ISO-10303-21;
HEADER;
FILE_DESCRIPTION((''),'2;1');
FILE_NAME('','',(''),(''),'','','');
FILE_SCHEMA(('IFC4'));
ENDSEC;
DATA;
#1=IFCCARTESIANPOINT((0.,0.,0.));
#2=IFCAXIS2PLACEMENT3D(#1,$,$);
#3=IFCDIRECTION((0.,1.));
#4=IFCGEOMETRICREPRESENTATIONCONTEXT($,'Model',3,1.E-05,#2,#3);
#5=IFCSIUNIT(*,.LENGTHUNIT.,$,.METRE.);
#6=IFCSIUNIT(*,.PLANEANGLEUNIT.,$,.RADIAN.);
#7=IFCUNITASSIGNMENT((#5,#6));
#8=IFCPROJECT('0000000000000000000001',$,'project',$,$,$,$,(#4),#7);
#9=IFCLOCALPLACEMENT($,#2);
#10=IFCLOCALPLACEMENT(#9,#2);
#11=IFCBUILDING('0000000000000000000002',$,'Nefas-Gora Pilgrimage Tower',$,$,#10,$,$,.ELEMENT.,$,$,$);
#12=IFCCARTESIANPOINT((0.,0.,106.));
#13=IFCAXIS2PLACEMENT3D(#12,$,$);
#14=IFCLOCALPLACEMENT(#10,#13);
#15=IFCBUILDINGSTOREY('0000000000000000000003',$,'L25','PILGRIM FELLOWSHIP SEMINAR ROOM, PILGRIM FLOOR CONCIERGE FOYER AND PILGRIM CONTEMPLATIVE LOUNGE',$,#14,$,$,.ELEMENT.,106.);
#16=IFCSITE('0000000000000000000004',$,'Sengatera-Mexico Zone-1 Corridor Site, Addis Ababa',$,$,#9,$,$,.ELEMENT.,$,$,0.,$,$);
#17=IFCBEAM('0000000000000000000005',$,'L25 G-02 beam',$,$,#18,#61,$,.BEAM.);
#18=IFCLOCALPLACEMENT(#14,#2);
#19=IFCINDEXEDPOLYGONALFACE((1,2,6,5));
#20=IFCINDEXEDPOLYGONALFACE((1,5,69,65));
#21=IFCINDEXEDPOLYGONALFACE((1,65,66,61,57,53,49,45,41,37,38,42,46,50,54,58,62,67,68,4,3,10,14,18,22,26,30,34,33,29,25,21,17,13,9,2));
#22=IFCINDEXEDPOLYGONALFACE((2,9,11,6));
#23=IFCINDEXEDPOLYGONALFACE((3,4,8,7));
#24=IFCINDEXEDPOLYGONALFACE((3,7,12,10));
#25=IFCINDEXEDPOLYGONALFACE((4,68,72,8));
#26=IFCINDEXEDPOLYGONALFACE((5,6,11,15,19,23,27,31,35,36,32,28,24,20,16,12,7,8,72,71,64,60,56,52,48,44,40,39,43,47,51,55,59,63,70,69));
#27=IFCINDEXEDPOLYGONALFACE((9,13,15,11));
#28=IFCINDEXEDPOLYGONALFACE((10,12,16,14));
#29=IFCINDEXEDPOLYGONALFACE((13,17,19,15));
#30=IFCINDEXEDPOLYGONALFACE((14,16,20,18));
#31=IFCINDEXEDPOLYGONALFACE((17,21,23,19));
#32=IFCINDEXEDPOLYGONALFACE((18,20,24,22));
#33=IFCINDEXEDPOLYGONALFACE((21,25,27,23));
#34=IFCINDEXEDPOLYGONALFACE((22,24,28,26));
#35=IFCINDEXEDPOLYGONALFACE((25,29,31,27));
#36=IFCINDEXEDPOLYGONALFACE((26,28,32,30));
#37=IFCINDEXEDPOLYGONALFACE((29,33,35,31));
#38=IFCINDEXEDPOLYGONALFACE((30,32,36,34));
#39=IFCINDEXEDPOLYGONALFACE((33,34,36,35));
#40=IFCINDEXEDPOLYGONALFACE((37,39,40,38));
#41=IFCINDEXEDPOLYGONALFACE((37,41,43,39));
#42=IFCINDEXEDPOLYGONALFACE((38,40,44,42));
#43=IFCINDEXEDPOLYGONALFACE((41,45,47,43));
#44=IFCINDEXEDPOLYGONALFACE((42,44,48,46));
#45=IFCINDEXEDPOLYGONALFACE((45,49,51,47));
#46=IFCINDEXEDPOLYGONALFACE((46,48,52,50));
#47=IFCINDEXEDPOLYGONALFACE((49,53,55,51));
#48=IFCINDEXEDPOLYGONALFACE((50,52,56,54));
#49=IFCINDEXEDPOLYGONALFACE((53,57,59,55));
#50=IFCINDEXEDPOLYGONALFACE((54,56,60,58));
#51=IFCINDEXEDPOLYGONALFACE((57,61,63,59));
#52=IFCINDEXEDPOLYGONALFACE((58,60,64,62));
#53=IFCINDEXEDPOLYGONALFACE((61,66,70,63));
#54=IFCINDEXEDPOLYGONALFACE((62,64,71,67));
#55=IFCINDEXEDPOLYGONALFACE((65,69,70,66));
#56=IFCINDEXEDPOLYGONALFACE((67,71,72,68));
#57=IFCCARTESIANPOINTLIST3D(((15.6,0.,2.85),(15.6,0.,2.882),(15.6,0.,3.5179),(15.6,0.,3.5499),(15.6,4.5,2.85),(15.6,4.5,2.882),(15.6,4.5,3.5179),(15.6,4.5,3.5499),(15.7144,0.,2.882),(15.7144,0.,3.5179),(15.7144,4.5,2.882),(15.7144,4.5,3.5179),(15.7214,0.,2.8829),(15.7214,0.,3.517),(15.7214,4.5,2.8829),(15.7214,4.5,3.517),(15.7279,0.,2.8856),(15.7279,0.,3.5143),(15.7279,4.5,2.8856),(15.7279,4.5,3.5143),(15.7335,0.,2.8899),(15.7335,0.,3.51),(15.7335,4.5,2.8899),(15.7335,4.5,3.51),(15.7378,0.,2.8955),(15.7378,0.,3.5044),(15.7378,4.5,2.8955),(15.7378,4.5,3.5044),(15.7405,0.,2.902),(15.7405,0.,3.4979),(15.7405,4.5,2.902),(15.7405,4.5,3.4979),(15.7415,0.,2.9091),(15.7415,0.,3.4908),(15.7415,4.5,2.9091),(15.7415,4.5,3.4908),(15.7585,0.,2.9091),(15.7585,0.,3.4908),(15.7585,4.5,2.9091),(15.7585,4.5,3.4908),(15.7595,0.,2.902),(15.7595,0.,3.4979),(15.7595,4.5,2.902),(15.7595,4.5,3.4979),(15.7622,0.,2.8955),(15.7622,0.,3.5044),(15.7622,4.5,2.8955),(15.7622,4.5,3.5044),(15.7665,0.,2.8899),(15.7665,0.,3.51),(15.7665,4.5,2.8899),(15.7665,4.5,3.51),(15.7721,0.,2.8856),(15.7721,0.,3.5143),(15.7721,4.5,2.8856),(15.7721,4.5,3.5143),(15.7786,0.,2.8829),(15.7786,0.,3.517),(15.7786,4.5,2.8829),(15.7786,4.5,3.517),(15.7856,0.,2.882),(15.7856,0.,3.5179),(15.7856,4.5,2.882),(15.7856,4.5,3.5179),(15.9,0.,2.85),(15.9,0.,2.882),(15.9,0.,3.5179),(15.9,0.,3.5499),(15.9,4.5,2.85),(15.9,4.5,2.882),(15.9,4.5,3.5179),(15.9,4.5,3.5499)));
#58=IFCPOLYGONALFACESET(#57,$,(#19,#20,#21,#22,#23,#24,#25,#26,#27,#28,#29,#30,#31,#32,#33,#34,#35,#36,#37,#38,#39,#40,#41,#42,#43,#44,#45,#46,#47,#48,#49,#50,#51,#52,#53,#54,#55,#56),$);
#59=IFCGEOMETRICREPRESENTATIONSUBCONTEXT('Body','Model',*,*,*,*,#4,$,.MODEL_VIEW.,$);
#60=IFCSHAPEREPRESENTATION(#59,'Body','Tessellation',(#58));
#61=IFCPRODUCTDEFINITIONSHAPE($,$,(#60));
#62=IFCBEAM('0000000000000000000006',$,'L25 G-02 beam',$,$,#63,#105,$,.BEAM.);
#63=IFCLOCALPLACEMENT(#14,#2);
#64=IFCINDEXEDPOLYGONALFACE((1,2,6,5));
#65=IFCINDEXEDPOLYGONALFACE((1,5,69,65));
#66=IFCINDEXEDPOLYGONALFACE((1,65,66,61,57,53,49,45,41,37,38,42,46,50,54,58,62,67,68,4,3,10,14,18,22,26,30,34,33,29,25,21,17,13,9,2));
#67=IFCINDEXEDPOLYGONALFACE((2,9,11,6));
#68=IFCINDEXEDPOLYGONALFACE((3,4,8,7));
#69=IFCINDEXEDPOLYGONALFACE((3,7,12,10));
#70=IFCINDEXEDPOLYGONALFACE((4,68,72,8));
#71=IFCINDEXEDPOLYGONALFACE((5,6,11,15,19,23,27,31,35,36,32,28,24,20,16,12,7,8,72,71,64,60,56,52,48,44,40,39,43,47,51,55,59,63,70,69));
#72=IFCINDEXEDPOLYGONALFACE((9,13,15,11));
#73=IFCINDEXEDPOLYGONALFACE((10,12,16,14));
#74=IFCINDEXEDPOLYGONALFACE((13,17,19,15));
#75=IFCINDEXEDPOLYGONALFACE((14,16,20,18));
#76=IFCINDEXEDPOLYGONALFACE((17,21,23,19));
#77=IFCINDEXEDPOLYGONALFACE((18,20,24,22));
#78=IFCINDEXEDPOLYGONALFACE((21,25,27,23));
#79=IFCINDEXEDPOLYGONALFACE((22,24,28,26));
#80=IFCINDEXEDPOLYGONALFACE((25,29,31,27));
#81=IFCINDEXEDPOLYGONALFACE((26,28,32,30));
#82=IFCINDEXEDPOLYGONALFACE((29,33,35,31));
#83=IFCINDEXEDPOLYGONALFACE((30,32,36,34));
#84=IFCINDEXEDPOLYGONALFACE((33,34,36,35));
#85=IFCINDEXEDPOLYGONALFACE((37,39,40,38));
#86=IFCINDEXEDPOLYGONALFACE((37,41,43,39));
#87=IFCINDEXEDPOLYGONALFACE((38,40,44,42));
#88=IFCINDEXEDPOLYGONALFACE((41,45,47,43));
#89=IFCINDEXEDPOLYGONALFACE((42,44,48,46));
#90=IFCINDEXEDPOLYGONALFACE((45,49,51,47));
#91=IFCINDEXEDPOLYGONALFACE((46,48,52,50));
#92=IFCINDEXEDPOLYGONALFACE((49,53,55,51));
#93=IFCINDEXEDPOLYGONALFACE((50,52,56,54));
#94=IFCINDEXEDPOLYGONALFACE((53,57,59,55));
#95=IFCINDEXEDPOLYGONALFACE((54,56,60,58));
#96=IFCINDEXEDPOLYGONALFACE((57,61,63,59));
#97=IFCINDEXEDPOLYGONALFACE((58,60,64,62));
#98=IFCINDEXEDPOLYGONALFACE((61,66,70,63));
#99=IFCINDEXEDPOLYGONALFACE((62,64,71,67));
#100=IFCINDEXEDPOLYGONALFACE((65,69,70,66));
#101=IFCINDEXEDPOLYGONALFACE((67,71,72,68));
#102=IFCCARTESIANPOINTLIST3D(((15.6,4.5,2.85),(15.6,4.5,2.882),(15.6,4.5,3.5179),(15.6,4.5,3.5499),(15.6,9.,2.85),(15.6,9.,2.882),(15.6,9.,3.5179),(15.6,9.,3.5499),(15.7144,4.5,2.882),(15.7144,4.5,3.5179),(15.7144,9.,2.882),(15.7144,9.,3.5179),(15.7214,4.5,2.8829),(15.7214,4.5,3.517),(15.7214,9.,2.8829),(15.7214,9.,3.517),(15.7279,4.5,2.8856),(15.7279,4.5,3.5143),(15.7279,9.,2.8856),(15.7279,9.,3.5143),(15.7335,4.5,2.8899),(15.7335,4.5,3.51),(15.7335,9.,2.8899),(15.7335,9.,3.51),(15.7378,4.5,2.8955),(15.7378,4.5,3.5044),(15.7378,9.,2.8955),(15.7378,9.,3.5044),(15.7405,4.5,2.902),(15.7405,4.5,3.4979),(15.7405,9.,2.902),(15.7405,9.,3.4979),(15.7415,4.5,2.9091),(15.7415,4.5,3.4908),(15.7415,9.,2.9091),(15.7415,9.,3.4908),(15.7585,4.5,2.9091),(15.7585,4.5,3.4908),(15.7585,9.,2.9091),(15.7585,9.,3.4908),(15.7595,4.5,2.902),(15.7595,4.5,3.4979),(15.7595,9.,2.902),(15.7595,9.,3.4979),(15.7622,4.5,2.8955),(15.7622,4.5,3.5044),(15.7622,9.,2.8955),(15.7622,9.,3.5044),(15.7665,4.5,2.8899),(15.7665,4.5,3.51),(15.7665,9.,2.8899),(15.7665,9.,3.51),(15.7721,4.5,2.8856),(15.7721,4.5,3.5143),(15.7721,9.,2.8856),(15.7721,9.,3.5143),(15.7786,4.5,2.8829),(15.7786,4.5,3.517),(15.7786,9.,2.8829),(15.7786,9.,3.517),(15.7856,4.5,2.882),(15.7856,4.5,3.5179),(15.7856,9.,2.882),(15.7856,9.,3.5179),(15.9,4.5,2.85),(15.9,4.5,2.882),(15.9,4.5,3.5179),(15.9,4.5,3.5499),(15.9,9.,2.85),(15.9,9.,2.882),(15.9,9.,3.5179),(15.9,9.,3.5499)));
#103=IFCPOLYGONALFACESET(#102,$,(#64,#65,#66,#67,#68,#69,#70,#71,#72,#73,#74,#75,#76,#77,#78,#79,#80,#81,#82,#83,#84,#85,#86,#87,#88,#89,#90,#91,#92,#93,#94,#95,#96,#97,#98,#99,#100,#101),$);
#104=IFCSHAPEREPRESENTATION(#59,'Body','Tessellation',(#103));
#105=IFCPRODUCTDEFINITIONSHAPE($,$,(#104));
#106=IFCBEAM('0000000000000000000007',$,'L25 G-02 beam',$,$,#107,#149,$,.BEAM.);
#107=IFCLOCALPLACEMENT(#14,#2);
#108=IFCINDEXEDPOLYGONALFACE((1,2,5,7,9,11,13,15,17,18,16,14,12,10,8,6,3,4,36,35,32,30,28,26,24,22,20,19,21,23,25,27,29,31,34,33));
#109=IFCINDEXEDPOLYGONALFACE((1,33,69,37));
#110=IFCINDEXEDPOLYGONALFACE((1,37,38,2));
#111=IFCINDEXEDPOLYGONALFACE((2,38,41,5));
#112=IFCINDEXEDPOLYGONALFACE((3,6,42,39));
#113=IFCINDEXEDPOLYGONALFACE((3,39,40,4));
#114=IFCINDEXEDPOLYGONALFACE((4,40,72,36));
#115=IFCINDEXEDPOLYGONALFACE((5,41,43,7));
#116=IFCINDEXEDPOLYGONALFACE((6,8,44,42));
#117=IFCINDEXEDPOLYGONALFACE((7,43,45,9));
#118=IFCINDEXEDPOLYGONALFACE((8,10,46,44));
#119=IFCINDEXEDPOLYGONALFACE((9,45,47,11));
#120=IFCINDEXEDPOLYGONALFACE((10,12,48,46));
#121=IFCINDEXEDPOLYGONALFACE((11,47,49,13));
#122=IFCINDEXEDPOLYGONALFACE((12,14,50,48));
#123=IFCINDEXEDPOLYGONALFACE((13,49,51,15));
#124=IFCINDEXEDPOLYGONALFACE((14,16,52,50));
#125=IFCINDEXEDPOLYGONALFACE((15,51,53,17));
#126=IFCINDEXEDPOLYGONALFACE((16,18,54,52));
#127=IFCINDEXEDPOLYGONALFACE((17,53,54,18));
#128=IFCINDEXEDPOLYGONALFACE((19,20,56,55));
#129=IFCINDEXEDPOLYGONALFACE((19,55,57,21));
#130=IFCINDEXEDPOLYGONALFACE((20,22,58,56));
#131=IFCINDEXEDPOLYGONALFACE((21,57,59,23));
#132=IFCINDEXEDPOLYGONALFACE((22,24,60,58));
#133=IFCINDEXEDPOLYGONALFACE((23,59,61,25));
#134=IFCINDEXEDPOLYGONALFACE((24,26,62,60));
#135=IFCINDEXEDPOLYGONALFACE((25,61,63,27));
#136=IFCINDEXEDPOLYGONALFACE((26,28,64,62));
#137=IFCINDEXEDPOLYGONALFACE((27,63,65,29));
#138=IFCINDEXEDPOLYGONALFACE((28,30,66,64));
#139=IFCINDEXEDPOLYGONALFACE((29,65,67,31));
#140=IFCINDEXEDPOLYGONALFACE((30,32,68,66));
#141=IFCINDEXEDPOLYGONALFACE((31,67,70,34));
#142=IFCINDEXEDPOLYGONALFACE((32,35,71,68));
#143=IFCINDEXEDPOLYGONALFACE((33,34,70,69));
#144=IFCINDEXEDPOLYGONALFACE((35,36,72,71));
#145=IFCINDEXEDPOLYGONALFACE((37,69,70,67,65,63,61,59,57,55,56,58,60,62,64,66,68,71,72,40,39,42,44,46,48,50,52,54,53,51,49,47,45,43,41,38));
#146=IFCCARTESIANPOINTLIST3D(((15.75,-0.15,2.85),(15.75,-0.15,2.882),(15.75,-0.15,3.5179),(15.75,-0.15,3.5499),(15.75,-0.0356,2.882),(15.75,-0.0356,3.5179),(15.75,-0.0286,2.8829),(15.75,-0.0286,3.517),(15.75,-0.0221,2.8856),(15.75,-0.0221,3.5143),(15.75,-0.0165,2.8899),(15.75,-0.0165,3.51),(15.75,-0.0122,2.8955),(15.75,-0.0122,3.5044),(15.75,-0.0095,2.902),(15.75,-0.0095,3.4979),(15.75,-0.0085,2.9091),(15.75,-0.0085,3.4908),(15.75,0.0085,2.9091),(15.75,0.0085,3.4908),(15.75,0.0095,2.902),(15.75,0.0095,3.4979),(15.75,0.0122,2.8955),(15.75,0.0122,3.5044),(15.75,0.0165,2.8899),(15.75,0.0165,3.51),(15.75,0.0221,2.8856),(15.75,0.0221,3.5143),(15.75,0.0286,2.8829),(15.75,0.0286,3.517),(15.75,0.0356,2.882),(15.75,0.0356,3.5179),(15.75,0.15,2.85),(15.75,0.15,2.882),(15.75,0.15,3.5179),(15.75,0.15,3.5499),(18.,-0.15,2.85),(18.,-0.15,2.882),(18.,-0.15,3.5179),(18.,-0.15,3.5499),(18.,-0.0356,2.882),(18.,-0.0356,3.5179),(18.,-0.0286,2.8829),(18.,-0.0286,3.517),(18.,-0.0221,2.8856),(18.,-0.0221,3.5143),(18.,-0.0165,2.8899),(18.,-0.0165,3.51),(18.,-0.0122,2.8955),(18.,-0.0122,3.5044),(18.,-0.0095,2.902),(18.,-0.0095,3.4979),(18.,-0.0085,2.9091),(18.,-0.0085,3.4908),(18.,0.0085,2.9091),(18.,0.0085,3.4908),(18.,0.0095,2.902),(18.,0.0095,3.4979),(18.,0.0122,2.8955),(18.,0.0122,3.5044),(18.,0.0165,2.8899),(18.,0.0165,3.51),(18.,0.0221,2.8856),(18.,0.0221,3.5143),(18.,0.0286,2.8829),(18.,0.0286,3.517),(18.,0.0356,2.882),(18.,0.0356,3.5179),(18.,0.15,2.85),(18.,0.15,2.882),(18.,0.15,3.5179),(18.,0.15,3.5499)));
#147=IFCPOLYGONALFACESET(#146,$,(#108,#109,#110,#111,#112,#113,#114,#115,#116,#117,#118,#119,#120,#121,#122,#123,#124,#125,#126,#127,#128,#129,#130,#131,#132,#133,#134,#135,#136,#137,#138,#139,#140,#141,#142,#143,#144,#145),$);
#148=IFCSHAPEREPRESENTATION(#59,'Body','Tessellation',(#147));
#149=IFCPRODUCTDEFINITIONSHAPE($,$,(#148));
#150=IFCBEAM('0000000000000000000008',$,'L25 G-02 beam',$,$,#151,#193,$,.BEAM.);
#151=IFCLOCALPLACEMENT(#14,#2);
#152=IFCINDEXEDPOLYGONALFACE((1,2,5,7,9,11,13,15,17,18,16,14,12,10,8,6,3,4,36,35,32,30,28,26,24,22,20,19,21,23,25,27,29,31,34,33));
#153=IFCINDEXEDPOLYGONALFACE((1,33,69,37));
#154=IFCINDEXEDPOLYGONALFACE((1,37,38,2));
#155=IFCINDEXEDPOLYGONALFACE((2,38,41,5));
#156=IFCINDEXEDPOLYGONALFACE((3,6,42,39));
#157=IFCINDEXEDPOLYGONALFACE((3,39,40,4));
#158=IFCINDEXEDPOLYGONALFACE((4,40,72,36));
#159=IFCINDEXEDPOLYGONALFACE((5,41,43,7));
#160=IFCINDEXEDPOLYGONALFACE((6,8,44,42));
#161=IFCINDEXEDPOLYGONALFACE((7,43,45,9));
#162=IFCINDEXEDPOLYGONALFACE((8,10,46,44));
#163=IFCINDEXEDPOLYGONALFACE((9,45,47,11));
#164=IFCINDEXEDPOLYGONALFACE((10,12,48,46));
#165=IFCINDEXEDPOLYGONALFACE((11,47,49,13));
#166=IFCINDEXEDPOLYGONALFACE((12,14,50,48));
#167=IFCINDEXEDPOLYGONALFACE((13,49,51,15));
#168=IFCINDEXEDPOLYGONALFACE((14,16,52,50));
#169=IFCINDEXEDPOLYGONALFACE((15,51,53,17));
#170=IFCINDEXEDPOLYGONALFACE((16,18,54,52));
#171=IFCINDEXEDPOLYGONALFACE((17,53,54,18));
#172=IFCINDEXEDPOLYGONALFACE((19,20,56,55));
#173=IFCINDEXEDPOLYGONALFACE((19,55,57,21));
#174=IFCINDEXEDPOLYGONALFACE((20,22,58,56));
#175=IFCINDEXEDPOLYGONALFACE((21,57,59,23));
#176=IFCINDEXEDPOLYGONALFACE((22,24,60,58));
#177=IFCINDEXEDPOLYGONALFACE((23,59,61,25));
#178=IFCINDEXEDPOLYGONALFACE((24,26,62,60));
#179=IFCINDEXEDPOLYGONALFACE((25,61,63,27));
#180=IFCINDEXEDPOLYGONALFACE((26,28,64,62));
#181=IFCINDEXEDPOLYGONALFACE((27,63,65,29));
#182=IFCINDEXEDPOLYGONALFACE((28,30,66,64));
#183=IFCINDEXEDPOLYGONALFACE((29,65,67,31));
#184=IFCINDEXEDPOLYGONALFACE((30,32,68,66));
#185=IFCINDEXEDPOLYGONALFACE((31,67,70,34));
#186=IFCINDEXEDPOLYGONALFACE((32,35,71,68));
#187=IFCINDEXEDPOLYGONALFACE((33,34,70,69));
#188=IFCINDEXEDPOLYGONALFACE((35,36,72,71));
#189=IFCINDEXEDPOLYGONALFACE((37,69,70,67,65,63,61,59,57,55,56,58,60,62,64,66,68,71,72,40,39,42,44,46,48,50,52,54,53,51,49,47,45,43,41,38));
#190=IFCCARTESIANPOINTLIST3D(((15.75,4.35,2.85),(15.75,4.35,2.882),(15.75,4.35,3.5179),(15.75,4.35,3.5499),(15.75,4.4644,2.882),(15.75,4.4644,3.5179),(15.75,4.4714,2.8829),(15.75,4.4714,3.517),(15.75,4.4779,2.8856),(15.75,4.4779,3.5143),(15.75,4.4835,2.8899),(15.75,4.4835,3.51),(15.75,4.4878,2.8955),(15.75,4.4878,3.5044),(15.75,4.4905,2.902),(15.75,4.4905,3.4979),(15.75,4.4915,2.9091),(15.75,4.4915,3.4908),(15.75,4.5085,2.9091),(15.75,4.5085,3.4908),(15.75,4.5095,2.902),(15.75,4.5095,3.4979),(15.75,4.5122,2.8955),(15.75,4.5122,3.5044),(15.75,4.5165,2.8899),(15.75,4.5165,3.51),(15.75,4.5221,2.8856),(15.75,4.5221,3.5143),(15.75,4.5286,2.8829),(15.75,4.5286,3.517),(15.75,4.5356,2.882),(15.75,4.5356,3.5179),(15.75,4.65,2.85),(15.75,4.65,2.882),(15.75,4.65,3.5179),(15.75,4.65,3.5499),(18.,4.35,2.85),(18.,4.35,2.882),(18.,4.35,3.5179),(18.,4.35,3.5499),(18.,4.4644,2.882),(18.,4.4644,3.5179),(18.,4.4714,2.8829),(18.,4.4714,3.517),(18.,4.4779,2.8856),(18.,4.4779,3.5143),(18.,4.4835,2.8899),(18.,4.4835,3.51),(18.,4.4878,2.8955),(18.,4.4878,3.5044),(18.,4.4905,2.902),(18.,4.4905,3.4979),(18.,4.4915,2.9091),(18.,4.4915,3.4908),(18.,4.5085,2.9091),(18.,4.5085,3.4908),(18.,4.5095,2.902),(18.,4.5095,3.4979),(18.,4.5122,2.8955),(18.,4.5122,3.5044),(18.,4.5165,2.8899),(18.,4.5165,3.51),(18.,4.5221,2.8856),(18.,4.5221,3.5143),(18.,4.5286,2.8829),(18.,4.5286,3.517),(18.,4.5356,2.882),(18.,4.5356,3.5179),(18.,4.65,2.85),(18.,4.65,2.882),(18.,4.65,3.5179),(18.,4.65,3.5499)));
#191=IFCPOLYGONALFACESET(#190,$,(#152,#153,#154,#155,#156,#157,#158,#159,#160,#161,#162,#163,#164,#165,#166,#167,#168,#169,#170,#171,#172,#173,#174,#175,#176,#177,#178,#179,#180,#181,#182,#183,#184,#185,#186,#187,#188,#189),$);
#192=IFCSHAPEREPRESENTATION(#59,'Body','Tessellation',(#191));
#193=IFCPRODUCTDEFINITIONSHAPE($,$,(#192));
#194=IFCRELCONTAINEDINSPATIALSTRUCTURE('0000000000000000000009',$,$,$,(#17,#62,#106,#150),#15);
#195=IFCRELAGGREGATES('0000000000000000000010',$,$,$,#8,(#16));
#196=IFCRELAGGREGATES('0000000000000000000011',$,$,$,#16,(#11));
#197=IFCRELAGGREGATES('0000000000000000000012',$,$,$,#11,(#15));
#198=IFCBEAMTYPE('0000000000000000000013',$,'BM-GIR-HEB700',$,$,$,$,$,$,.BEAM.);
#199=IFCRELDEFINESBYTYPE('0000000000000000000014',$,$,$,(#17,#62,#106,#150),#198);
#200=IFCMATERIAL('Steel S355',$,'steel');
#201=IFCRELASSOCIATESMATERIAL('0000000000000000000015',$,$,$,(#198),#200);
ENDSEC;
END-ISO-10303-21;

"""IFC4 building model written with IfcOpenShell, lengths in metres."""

from ifc_helpers import new_model, si_unit, direction, frame, origin, origin_2d, place, context, subcontext, project, spatial, i_section, extrude, source, transform, mapped, material, material_profile, profile_set, type_object, element, save


model = new_model("IFC4")

# Units and contexts
model_context = context("Model", 3, precision=1e-05, world=origin(), true_north=direction((0.0, 1.0)))
body_context = subcontext(model_context, "Body", "Model", "MODEL_VIEW")
ifc_project = project(units=[si_unit("LENGTHUNIT", "METRE"), si_unit("PLANEANGLEUNIT", "RADIAN")], contexts=[model_context])

# Site, building, storey
site_placement = place(None, origin())
site = spatial("IfcSite", under=ifc_project, at=site_placement, Name="Sengatera-Mexico Zone-1 Corridor Site, Addis Ababa", CompositionType="ELEMENT", RefElevation=0.0)
building_placement = place(site_placement, origin())
building = spatial("IfcBuilding", under=site, at=building_placement, Name="Nefas-Gora Pilgrimage Tower", CompositionType="ELEMENT")
storey_placement = place(building_placement, frame((0.0, 0.0, 106.0)))
storey = spatial("IfcBuildingStorey", under=building, at=storey_placement, Name="L25", Description="PILGRIM FELLOWSHIP SEMINAR ROOM, PILGRIM FLOOR CONCIERGE FOYER AND PILGRIM CONTEMPLATIVE LOUNGE", CompositionType="ELEMENT", Elevation=106.0)

# Beams
ifc_material_1 = material(Name="Steel S355", Category="steel")
ifc_material_profile_1 = material_profile(ifc_material_1, i_section(OverallWidth=0.3, OverallDepth=0.7, WebThickness=0.0171, FlangeThickness=0.032, FilletRadius=0.0271, at=origin_2d()), Name="HEB 700")
ifc_profile_set_1 = profile_set([ifc_material_profile_1], Name="Steel S355")
beam_type = type_object("IfcBeamType", Name="BM-GIR-HEB700", PredefinedType="BEAM", material=ifc_profile_set_1)
shared_shape_1 = source(origin(), body_context, "Body", "SweptSolid", [
    extrude(i_section(OverallWidth=0.3, OverallDepth=0.7, WebThickness=0.0171, FlangeThickness=0.032, FilletRadius=0.0271, at=origin_2d()), origin(), (0.0, 0.0, 1.0), 4.5),
])
for number, where, z_axis, x_axis, name in (
    (1, (15.75, 0.0, 3.2), (0.0, 1.0, 0.0), (-1.0, 0.0, 0.0), "L25 G-02 beam"),
    (2, (15.75, 4.5, 3.2), (0.0, 1.0, 0.0), (-1.0, 0.0, 0.0), "L25 G-02 beam"),
):
    element("IfcBeam", number, at=place(storey_placement, frame(where, z_axis=z_axis, x_axis=x_axis)), inside=storey, type_object=beam_type, Name=name, PredefinedType="BEAM", context=body_context, shape_type="MappedRepresentation", body=[
        mapped(shared_shape_1, transform((0.0, 0.0, 0.0), x_axis=(1.0, 0.0, 0.0), y_axis=(0.0, 1.0, 0.0), z_axis=(0.0, 0.0, 1.0), scale=1.0)),
    ])
shared_shape_2 = source(origin(), body_context, "Body", "SweptSolid", [
    extrude(i_section(OverallWidth=0.3, OverallDepth=0.7, WebThickness=0.0171, FlangeThickness=0.032, FilletRadius=0.0271, at=origin_2d()), origin(), (0.0, 0.0, 1.0), 2.25),
])
for number, where, z_axis, x_axis, name in (
    (3, (15.75, 0.0, 3.2), (1.0, 0.0, 0.0), (0.0, 1.0, 0.0), "L25 G-02 beam"),
    (4, (15.75, 4.5, 3.2), (1.0, 0.0, 0.0), (0.0, 1.0, 0.0), "L25 G-02 beam"),
):
    element("IfcBeam", number, at=place(storey_placement, frame(where, z_axis=z_axis, x_axis=x_axis)), inside=storey, type_object=beam_type, Name=name, PredefinedType="BEAM", context=body_context, shape_type="MappedRepresentation", body=[
        mapped(shared_shape_2, transform((0.0, 0.0, 0.0), x_axis=(1.0, 0.0, 0.0), y_axis=(0.0, 1.0, 0.0), z_axis=(0.0, 0.0, 1.0), scale=1.0)),
    ])

save(model, "model.ifc")
